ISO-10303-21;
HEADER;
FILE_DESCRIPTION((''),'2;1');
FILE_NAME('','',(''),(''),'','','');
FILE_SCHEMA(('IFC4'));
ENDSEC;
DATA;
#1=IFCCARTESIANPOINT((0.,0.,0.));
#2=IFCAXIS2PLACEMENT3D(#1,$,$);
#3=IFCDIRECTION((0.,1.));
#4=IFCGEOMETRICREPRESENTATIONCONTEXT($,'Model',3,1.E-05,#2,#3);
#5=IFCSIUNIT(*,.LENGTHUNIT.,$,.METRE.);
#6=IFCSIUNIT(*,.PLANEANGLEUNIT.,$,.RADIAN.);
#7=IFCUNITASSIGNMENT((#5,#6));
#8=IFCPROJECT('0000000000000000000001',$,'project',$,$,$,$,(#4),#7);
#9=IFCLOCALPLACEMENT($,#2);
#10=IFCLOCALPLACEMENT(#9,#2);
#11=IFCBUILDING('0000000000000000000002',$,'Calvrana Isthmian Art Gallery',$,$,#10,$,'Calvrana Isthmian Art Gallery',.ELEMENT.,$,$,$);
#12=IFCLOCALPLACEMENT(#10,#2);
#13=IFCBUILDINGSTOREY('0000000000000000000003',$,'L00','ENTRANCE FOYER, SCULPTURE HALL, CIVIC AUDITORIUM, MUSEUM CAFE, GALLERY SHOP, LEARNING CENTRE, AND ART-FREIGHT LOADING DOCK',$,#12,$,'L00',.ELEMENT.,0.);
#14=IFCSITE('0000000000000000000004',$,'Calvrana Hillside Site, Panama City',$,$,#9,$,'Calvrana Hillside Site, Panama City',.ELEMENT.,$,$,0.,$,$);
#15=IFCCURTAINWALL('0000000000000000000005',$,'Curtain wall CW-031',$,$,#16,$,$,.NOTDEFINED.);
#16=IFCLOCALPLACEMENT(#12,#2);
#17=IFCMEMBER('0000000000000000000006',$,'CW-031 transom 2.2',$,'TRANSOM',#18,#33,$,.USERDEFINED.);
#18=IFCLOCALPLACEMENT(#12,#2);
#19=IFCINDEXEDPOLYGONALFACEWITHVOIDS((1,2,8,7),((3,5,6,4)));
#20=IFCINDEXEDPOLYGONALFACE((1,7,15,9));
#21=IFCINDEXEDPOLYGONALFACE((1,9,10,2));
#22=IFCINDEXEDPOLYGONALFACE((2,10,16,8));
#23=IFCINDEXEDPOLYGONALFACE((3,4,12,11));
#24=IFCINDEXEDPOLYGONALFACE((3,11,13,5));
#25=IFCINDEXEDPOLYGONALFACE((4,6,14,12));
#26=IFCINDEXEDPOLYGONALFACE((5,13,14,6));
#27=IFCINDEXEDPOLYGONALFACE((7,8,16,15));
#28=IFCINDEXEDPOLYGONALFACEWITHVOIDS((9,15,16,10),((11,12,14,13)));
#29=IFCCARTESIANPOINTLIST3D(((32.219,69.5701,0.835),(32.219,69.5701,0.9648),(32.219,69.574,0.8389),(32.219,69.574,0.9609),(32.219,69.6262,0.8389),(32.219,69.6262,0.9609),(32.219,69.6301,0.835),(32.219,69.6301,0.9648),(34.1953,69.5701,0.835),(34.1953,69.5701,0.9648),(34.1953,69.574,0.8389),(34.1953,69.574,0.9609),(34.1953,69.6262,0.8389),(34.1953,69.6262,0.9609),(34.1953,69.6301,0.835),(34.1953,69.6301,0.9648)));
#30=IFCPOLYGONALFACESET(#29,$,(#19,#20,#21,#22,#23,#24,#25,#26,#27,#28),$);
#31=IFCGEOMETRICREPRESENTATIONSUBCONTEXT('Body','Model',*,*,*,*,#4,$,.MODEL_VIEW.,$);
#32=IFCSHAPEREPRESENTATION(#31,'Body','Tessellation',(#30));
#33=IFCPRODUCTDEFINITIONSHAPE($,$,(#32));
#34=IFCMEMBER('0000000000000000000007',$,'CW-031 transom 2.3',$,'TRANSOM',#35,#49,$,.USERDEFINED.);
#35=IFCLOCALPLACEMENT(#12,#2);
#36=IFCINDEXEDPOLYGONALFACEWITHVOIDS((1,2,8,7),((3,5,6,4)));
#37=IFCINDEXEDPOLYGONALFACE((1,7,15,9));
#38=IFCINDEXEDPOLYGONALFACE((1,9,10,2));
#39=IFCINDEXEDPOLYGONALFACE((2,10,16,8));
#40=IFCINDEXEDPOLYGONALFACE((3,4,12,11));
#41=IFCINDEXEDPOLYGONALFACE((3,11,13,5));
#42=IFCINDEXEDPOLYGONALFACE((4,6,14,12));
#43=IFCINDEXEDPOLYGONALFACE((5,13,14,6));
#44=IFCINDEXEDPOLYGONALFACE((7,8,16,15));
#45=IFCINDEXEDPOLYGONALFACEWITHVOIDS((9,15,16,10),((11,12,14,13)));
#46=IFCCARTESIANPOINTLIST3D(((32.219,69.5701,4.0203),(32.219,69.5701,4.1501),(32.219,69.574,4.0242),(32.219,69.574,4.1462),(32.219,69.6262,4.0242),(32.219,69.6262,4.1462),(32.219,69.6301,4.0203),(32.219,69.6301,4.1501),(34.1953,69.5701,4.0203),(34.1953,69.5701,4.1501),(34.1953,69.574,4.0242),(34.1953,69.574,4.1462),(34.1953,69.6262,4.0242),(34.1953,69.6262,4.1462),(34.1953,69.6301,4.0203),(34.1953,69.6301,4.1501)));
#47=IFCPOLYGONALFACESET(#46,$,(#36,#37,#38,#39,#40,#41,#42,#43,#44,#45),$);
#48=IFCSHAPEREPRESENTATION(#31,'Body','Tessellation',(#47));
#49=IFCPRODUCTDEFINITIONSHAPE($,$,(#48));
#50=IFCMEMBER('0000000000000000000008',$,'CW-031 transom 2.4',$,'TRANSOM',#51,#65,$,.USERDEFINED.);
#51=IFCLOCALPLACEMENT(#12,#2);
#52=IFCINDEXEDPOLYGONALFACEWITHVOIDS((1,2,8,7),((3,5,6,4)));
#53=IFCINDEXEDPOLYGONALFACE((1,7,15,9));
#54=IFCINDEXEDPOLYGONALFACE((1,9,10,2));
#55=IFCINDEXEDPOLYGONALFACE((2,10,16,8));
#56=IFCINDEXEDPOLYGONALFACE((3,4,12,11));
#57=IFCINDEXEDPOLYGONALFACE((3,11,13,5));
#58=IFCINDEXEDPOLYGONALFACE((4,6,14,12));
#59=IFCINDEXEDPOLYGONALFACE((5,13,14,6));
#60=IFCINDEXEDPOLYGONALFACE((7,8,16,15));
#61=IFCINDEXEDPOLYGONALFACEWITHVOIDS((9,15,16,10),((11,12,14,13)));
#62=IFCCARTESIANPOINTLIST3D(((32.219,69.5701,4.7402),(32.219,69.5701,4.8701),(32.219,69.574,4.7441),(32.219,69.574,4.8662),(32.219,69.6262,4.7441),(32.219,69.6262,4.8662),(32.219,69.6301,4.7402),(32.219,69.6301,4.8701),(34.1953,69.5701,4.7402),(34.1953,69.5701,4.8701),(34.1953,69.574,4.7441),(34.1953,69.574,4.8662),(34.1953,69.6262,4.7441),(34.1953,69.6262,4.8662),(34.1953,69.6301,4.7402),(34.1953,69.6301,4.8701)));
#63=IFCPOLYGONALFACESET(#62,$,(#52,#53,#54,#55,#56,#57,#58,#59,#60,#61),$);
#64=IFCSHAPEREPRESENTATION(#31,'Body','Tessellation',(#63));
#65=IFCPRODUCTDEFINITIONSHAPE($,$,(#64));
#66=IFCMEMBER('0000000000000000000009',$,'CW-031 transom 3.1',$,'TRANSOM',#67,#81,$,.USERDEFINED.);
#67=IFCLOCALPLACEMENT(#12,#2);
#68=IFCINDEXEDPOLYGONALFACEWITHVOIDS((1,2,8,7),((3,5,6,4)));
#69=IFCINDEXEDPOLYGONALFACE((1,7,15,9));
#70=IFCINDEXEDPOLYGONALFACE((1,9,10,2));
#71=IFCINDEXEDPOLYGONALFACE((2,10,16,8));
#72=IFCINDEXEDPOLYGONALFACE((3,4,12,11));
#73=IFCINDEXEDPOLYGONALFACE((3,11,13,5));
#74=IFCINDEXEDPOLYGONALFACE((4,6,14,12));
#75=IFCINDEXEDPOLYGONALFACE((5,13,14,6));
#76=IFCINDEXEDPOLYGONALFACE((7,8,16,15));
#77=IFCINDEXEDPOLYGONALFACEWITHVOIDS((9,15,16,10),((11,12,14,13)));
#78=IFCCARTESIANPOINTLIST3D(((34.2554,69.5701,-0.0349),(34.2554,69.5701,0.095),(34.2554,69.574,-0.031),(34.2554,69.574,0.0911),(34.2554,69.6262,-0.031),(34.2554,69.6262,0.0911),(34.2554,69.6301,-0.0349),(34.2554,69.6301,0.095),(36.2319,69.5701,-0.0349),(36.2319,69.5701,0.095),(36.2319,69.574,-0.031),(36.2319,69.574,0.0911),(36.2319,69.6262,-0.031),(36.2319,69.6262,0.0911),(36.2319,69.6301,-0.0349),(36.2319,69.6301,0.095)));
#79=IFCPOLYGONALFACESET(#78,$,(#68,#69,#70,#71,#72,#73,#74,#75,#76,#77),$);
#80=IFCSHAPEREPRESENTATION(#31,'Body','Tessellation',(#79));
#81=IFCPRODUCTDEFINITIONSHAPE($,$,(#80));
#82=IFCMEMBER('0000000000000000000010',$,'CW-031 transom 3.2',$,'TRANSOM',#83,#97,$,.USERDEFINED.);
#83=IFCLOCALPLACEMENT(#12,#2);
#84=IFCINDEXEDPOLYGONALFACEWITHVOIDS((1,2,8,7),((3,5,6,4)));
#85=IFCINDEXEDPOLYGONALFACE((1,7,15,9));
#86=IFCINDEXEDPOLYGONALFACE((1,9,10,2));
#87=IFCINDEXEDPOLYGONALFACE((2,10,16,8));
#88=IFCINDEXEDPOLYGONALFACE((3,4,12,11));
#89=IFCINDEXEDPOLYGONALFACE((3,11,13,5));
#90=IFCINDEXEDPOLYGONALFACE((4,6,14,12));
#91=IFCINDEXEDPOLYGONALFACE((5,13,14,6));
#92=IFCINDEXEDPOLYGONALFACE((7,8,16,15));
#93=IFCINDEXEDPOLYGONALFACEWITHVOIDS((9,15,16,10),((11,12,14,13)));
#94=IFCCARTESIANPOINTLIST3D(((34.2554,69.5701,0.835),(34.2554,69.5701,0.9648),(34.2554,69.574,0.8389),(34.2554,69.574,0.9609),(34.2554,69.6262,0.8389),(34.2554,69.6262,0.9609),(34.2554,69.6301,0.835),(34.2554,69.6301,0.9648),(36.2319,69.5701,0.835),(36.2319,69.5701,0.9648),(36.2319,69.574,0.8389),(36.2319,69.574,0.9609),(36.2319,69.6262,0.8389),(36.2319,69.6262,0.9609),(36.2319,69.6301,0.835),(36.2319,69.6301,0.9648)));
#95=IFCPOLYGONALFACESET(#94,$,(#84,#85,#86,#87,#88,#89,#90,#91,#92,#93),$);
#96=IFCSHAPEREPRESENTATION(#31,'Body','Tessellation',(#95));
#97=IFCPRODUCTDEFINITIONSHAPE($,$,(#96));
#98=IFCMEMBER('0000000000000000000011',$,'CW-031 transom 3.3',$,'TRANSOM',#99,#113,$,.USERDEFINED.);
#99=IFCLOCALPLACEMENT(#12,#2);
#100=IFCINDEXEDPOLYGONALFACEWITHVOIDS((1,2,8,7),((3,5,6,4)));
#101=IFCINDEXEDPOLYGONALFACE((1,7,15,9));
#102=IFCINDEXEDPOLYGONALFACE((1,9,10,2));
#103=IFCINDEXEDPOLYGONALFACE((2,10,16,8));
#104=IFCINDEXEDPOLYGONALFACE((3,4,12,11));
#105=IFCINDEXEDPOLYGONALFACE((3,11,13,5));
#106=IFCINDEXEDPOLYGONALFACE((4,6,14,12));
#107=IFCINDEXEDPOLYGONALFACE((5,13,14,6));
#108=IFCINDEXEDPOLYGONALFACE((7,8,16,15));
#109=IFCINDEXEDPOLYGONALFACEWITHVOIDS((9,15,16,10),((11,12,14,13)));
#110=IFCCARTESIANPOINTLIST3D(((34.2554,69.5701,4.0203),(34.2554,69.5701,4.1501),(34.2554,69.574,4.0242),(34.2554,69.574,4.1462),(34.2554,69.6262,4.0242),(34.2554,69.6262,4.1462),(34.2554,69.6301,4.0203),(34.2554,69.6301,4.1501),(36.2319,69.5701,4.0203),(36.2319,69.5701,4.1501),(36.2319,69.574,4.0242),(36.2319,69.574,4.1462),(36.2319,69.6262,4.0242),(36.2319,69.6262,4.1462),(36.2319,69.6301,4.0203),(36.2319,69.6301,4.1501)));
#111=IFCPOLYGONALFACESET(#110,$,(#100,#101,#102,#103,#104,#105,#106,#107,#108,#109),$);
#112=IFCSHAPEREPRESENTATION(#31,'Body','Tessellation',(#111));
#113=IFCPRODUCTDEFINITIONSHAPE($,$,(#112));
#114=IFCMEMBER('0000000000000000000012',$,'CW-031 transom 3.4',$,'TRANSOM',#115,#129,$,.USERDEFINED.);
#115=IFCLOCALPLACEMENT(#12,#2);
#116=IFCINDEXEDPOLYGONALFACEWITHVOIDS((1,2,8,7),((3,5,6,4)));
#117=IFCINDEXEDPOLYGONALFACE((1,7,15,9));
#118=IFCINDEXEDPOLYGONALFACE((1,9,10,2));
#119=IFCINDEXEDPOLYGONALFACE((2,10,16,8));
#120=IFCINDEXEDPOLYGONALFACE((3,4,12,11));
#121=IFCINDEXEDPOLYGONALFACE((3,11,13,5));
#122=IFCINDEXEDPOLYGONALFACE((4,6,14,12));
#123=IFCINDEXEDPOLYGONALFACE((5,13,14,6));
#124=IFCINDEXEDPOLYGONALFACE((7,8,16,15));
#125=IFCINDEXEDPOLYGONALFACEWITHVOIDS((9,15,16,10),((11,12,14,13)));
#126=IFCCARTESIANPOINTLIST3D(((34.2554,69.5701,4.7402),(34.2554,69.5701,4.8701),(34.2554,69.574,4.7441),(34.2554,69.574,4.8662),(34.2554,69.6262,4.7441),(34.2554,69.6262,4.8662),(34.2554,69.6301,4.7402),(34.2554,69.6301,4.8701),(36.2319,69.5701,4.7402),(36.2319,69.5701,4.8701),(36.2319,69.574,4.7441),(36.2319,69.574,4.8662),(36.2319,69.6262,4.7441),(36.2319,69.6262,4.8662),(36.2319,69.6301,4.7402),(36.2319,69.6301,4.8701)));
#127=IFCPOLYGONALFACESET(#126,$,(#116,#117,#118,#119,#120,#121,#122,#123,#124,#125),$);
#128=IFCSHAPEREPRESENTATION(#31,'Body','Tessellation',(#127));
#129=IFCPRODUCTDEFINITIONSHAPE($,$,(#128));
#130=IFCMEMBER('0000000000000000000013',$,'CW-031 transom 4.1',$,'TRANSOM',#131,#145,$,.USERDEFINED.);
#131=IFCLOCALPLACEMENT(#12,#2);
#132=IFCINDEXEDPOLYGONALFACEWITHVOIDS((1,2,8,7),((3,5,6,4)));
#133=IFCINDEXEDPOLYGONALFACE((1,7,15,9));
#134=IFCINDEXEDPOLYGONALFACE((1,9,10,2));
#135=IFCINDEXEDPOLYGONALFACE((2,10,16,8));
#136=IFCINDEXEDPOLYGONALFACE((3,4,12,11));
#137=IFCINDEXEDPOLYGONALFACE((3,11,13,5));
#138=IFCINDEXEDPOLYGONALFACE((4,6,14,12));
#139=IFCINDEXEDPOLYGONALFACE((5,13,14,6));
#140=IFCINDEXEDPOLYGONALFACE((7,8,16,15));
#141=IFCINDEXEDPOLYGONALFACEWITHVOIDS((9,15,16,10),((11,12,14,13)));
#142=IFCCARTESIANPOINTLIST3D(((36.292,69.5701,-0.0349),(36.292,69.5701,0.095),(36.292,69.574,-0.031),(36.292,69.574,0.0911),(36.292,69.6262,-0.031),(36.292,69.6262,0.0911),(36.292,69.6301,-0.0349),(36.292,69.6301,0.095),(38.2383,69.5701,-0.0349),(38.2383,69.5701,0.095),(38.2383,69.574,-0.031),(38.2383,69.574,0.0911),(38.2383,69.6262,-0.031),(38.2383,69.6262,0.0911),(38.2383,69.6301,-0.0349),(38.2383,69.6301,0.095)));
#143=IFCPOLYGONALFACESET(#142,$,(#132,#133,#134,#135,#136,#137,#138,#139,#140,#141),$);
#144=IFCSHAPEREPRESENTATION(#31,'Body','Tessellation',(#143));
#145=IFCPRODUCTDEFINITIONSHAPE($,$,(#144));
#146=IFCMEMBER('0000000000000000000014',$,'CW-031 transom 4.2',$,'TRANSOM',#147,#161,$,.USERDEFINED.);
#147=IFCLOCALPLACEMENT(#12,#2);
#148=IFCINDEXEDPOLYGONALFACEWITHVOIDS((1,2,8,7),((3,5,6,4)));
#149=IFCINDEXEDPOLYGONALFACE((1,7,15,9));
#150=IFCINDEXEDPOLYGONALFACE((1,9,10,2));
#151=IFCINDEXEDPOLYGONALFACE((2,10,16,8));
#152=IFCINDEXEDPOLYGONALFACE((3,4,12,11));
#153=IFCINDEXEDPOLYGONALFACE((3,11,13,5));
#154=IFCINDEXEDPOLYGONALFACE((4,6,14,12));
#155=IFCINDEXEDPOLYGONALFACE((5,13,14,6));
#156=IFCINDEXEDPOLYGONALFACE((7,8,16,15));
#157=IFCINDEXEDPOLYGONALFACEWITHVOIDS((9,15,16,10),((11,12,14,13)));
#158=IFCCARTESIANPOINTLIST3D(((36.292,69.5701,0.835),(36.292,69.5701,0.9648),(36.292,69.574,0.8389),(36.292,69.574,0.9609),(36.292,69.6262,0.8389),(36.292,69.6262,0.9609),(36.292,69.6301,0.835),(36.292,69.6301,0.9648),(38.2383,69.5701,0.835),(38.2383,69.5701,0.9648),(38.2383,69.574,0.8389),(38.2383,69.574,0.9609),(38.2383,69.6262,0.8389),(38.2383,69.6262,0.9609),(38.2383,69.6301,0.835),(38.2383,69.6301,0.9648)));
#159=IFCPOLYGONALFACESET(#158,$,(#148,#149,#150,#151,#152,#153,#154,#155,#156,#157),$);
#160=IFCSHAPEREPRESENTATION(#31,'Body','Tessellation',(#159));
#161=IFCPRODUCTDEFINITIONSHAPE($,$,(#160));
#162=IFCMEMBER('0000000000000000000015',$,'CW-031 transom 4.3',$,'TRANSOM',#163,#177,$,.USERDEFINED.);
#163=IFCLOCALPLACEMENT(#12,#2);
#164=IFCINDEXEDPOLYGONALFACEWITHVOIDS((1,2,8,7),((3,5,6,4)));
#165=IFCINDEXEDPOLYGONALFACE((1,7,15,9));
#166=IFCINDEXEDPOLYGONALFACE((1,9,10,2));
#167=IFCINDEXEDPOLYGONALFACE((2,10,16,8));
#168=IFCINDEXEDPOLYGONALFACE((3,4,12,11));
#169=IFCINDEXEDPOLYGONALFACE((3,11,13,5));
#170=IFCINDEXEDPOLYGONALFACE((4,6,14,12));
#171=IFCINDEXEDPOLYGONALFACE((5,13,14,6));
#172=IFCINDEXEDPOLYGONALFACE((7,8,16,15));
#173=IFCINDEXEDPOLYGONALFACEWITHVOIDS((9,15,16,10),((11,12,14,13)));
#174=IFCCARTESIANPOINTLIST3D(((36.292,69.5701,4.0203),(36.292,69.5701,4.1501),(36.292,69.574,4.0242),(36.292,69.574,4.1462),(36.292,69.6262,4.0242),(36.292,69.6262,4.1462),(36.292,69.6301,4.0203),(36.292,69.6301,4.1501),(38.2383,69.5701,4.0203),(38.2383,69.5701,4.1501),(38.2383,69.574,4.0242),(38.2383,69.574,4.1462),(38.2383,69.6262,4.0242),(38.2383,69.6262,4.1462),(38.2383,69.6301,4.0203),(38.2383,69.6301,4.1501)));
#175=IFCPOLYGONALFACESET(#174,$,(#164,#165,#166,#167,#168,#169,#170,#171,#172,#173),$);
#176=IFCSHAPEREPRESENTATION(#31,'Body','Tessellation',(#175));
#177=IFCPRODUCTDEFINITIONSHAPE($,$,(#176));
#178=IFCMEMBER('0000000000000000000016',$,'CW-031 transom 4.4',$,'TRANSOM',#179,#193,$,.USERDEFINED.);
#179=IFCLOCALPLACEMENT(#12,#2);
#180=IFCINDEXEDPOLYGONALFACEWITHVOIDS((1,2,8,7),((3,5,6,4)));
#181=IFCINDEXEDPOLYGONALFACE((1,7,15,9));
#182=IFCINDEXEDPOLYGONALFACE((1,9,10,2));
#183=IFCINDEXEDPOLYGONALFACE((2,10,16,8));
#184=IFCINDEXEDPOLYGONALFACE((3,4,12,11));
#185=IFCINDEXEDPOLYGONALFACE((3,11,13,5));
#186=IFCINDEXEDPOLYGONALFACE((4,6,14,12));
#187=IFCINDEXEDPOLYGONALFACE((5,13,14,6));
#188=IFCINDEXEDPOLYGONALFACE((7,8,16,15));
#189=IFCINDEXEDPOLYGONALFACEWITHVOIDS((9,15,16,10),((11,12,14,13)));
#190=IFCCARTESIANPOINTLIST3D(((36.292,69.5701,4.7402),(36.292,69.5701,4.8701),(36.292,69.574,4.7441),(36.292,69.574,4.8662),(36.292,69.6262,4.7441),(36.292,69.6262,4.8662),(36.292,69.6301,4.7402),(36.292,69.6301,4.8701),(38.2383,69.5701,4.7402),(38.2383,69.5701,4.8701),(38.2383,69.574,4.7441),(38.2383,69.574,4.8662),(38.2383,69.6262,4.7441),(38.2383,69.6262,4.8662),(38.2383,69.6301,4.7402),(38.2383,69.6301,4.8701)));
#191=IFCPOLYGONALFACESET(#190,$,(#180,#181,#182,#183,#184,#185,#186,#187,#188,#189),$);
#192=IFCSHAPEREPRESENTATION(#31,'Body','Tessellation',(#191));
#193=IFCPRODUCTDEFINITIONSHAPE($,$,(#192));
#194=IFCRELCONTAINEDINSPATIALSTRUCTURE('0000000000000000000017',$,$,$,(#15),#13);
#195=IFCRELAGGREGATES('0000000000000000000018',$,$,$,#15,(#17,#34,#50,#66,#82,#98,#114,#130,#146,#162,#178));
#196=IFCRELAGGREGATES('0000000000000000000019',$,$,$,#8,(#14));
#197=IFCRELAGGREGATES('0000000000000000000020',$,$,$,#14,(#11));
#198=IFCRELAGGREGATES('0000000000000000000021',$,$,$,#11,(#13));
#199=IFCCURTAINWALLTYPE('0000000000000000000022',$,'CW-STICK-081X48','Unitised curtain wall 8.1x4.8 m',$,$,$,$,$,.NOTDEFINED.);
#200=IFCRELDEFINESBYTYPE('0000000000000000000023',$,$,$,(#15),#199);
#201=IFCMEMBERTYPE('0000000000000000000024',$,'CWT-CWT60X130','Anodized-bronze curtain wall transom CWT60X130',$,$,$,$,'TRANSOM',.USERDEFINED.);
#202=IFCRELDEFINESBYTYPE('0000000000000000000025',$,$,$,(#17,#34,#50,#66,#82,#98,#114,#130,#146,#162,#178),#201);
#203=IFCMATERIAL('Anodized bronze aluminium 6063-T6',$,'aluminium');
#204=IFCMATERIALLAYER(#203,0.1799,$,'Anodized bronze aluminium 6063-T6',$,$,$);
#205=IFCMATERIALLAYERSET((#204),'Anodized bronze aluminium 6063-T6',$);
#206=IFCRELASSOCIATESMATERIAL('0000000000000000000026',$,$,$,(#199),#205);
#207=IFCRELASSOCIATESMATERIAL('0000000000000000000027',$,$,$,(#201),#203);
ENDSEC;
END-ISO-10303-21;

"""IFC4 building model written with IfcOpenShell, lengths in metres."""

from ifc_helpers import new_model, si_unit, direction, frame, origin, origin_2d, place, context, subcontext, project, spatial, hollow_rectangle, extrude, material, layer, layer_set, material_profile, profile_set, type_object, element, aggregate, save


model = new_model("IFC4")

# Units and contexts
model_context = context("Model", 3, precision=1e-05, world=origin(), true_north=direction((0.0, 1.0)))
body_context = subcontext(model_context, "Body", "Model", "MODEL_VIEW")
ifc_project = project(units=[si_unit("LENGTHUNIT", "METRE"), si_unit("PLANEANGLEUNIT", "RADIAN")], contexts=[model_context])

# Site, building, storey
site_placement = place(None, origin())
site = spatial("IfcSite", under=ifc_project, at=site_placement, Name="Calvrana Hillside Site, Panama City", LongName="Calvrana Hillside Site, Panama City", CompositionType="ELEMENT", RefElevation=0.0)
building_placement = place(site_placement, origin())
building = spatial("IfcBuilding", under=site, at=building_placement, Name="Calvrana Isthmian Art Gallery", LongName="Calvrana Isthmian Art Gallery", CompositionType="ELEMENT")
storey_placement = place(building_placement, origin())
storey = spatial("IfcBuildingStorey", under=building, at=storey_placement, Name="L00", Description="ENTRANCE FOYER, SCULPTURE HALL, CIVIC AUDITORIUM, MUSEUM CAFE, GALLERY SHOP, LEARNING CENTRE, AND ART-FREIGHT LOADING DOCK", LongName="L00", CompositionType="ELEMENT", Elevation=0.0)

# Curtain wall, members
ifc_material_1 = material(Name="Anodized bronze aluminium 6063-T6", Category="aluminium")
ifc_layer_1 = layer(ifc_material_1, 0.1799, Name="Anodized bronze aluminium 6063-T6")
ifc_layer_set_1 = layer_set([ifc_layer_1], Name="Anodized bronze aluminium 6063-T6")
curtain_wall_type = type_object("IfcCurtainWallType", Name="CW-STICK-081X48", Description="Unitised curtain wall 8.1x4.8 m", PredefinedType="NOTDEFINED", material=ifc_layer_set_1)
curtain_wall_placement = place(storey_placement, origin())
curtain_wall = element("IfcCurtainWall", 1, at=curtain_wall_placement, inside=storey, type_object=curtain_wall_type, Name="Curtain wall CW-031", PredefinedType="NOTDEFINED")
ifc_material_profile_1 = material_profile(ifc_material_1, hollow_rectangle(XDim=0.0601, YDim=0.1299, WallThickness=0.0039, at=origin_2d()), Name="CWT60X130")
ifc_profile_set_1 = profile_set([ifc_material_profile_1], Name="Anodized bronze aluminium 6063-T6")
member_type_1 = type_object("IfcMemberType", Name="CWT-CWT60X130", Description="Anodized-bronze curtain wall transom CWT60X130", ElementType="TRANSOM", PredefinedType="USERDEFINED", material=ifc_profile_set_1)
member_1_placement = place(storey_placement, frame((32.219, 69.6001, 0.8999), z_axis=(1.0, 0.0, 0.0), x_axis=(0.0, 1.0, 0.0)))
member_1 = element("IfcMember", 2, at=member_1_placement, type_object=member_type_1, Name="CW-031 transom 2.2", ObjectType="TRANSOM", PredefinedType="USERDEFINED", context=body_context, shape_type="SweptSolid", body=[
    extrude(hollow_rectangle(XDim=0.0601, YDim=0.1299, WallThickness=0.0039, at=origin_2d()), origin(), (0.0, 0.0, 1.0), 1.9763),
])
member_2_placement = place(storey_placement, frame((32.219, 69.6001, 4.0852), z_axis=(1.0, 0.0, 0.0), x_axis=(0.0, 1.0, 0.0)))
member_2 = element("IfcMember", 3, at=member_2_placement, type_object=member_type_1, Name="CW-031 transom 2.3", ObjectType="TRANSOM", PredefinedType="USERDEFINED", context=body_context, shape_type="SweptSolid", body=[
    extrude(hollow_rectangle(XDim=0.0601, YDim=0.1299, WallThickness=0.0039, at=origin_2d()), origin(), (0.0, 0.0, 1.0), 1.9763),
])
member_3_placement = place(storey_placement, frame((32.219, 69.6001, 4.8052), z_axis=(1.0, 0.0, 0.0), x_axis=(0.0, 1.0, 0.0)))
member_3 = element("IfcMember", 4, at=member_3_placement, type_object=member_type_1, Name="CW-031 transom 2.4", ObjectType="TRANSOM", PredefinedType="USERDEFINED", context=body_context, shape_type="SweptSolid", body=[
    extrude(hollow_rectangle(XDim=0.0601, YDim=0.1299, WallThickness=0.0039, at=origin_2d()), origin(), (0.0, 0.0, 1.0), 1.9763),
])
member_4_placement = place(storey_placement, frame((34.2554, 69.6001, 0.03), z_axis=(1.0, 0.0, 0.0), x_axis=(0.0, 1.0, 0.0)))
member_4 = element("IfcMember", 5, at=member_4_placement, type_object=member_type_1, Name="CW-031 transom 3.1", ObjectType="TRANSOM", PredefinedType="USERDEFINED", context=body_context, shape_type="SweptSolid", body=[
    extrude(hollow_rectangle(XDim=0.0601, YDim=0.1299, WallThickness=0.0039, at=origin_2d()), origin(), (0.0, 0.0, 1.0), 1.9766),
])
member_5_placement = place(storey_placement, frame((34.2554, 69.6001, 0.8999), z_axis=(1.0, 0.0, 0.0), x_axis=(0.0, 1.0, 0.0)))
member_5 = element("IfcMember", 6, at=member_5_placement, type_object=member_type_1, Name="CW-031 transom 3.2", ObjectType="TRANSOM", PredefinedType="USERDEFINED", context=body_context, shape_type="SweptSolid", body=[
    extrude(hollow_rectangle(XDim=0.0601, YDim=0.1299, WallThickness=0.0039, at=origin_2d()), origin(), (0.0, 0.0, 1.0), 1.9766),
])
member_6_placement = place(storey_placement, frame((34.2554, 69.6001, 4.0852), z_axis=(1.0, 0.0, 0.0), x_axis=(0.0, 1.0, 0.0)))
member_6 = element("IfcMember", 7, at=member_6_placement, type_object=member_type_1, Name="CW-031 transom 3.3", ObjectType="TRANSOM", PredefinedType="USERDEFINED", context=body_context, shape_type="SweptSolid", body=[
    extrude(hollow_rectangle(XDim=0.0601, YDim=0.1299, WallThickness=0.0039, at=origin_2d()), origin(), (0.0, 0.0, 1.0), 1.9766),
])
member_7_placement = place(storey_placement, frame((34.2554, 69.6001, 4.8052), z_axis=(1.0, 0.0, 0.0), x_axis=(0.0, 1.0, 0.0)))
member_7 = element("IfcMember", 8, at=member_7_placement, type_object=member_type_1, Name="CW-031 transom 3.4", ObjectType="TRANSOM", PredefinedType="USERDEFINED", context=body_context, shape_type="SweptSolid", body=[
    extrude(hollow_rectangle(XDim=0.0601, YDim=0.1299, WallThickness=0.0039, at=origin_2d()), origin(), (0.0, 0.0, 1.0), 1.9766),
])
member_8_placement = place(storey_placement, frame((36.292, 69.6001, 0.03), z_axis=(1.0, 0.0, 0.0), x_axis=(0.0, 1.0, 0.0)))
member_8 = element("IfcMember", 9, at=member_8_placement, type_object=member_type_1, Name="CW-031 transom 4.1", ObjectType="TRANSOM", PredefinedType="USERDEFINED", context=body_context, shape_type="SweptSolid", body=[
    extrude(hollow_rectangle(XDim=0.0601, YDim=0.1299, WallThickness=0.0039, at=origin_2d()), origin(), (0.0, 0.0, 1.0), 1.9463),
])
member_9_placement = place(storey_placement, frame((36.292, 69.6001, 0.8999), z_axis=(1.0, 0.0, 0.0), x_axis=(0.0, 1.0, 0.0)))
member_9 = element("IfcMember", 10, at=member_9_placement, type_object=member_type_1, Name="CW-031 transom 4.2", ObjectType="TRANSOM", PredefinedType="USERDEFINED", context=body_context, shape_type="SweptSolid", body=[
    extrude(hollow_rectangle(XDim=0.0601, YDim=0.1299, WallThickness=0.0039, at=origin_2d()), origin(), (0.0, 0.0, 1.0), 1.9463),
])
member_10_placement = place(storey_placement, frame((36.292, 69.6001, 4.0852), z_axis=(1.0, 0.0, 0.0), x_axis=(0.0, 1.0, 0.0)))
member_10 = element("IfcMember", 11, at=member_10_placement, type_object=member_type_1, Name="CW-031 transom 4.3", ObjectType="TRANSOM", PredefinedType="USERDEFINED", context=body_context, shape_type="SweptSolid", body=[
    extrude(hollow_rectangle(XDim=0.0601, YDim=0.1299, WallThickness=0.0039, at=origin_2d()), origin(), (0.0, 0.0, 1.0), 1.9463),
])
member_11_placement = place(storey_placement, frame((36.292, 69.6001, 4.8052), z_axis=(1.0, 0.0, 0.0), x_axis=(0.0, 1.0, 0.0)))
member_11 = element("IfcMember", 12, at=member_11_placement, type_object=member_type_1, Name="CW-031 transom 4.4", ObjectType="TRANSOM", PredefinedType="USERDEFINED", context=body_context, shape_type="SweptSolid", body=[
    extrude(hollow_rectangle(XDim=0.0601, YDim=0.1299, WallThickness=0.0039, at=origin_2d()), origin(), (0.0, 0.0, 1.0), 1.9463),
])
aggregate(curtain_wall, [member_1, member_2, member_3, member_4, member_5, member_6, member_7, member_8, member_9, member_10, member_11])

save(model, "model.ifc")
